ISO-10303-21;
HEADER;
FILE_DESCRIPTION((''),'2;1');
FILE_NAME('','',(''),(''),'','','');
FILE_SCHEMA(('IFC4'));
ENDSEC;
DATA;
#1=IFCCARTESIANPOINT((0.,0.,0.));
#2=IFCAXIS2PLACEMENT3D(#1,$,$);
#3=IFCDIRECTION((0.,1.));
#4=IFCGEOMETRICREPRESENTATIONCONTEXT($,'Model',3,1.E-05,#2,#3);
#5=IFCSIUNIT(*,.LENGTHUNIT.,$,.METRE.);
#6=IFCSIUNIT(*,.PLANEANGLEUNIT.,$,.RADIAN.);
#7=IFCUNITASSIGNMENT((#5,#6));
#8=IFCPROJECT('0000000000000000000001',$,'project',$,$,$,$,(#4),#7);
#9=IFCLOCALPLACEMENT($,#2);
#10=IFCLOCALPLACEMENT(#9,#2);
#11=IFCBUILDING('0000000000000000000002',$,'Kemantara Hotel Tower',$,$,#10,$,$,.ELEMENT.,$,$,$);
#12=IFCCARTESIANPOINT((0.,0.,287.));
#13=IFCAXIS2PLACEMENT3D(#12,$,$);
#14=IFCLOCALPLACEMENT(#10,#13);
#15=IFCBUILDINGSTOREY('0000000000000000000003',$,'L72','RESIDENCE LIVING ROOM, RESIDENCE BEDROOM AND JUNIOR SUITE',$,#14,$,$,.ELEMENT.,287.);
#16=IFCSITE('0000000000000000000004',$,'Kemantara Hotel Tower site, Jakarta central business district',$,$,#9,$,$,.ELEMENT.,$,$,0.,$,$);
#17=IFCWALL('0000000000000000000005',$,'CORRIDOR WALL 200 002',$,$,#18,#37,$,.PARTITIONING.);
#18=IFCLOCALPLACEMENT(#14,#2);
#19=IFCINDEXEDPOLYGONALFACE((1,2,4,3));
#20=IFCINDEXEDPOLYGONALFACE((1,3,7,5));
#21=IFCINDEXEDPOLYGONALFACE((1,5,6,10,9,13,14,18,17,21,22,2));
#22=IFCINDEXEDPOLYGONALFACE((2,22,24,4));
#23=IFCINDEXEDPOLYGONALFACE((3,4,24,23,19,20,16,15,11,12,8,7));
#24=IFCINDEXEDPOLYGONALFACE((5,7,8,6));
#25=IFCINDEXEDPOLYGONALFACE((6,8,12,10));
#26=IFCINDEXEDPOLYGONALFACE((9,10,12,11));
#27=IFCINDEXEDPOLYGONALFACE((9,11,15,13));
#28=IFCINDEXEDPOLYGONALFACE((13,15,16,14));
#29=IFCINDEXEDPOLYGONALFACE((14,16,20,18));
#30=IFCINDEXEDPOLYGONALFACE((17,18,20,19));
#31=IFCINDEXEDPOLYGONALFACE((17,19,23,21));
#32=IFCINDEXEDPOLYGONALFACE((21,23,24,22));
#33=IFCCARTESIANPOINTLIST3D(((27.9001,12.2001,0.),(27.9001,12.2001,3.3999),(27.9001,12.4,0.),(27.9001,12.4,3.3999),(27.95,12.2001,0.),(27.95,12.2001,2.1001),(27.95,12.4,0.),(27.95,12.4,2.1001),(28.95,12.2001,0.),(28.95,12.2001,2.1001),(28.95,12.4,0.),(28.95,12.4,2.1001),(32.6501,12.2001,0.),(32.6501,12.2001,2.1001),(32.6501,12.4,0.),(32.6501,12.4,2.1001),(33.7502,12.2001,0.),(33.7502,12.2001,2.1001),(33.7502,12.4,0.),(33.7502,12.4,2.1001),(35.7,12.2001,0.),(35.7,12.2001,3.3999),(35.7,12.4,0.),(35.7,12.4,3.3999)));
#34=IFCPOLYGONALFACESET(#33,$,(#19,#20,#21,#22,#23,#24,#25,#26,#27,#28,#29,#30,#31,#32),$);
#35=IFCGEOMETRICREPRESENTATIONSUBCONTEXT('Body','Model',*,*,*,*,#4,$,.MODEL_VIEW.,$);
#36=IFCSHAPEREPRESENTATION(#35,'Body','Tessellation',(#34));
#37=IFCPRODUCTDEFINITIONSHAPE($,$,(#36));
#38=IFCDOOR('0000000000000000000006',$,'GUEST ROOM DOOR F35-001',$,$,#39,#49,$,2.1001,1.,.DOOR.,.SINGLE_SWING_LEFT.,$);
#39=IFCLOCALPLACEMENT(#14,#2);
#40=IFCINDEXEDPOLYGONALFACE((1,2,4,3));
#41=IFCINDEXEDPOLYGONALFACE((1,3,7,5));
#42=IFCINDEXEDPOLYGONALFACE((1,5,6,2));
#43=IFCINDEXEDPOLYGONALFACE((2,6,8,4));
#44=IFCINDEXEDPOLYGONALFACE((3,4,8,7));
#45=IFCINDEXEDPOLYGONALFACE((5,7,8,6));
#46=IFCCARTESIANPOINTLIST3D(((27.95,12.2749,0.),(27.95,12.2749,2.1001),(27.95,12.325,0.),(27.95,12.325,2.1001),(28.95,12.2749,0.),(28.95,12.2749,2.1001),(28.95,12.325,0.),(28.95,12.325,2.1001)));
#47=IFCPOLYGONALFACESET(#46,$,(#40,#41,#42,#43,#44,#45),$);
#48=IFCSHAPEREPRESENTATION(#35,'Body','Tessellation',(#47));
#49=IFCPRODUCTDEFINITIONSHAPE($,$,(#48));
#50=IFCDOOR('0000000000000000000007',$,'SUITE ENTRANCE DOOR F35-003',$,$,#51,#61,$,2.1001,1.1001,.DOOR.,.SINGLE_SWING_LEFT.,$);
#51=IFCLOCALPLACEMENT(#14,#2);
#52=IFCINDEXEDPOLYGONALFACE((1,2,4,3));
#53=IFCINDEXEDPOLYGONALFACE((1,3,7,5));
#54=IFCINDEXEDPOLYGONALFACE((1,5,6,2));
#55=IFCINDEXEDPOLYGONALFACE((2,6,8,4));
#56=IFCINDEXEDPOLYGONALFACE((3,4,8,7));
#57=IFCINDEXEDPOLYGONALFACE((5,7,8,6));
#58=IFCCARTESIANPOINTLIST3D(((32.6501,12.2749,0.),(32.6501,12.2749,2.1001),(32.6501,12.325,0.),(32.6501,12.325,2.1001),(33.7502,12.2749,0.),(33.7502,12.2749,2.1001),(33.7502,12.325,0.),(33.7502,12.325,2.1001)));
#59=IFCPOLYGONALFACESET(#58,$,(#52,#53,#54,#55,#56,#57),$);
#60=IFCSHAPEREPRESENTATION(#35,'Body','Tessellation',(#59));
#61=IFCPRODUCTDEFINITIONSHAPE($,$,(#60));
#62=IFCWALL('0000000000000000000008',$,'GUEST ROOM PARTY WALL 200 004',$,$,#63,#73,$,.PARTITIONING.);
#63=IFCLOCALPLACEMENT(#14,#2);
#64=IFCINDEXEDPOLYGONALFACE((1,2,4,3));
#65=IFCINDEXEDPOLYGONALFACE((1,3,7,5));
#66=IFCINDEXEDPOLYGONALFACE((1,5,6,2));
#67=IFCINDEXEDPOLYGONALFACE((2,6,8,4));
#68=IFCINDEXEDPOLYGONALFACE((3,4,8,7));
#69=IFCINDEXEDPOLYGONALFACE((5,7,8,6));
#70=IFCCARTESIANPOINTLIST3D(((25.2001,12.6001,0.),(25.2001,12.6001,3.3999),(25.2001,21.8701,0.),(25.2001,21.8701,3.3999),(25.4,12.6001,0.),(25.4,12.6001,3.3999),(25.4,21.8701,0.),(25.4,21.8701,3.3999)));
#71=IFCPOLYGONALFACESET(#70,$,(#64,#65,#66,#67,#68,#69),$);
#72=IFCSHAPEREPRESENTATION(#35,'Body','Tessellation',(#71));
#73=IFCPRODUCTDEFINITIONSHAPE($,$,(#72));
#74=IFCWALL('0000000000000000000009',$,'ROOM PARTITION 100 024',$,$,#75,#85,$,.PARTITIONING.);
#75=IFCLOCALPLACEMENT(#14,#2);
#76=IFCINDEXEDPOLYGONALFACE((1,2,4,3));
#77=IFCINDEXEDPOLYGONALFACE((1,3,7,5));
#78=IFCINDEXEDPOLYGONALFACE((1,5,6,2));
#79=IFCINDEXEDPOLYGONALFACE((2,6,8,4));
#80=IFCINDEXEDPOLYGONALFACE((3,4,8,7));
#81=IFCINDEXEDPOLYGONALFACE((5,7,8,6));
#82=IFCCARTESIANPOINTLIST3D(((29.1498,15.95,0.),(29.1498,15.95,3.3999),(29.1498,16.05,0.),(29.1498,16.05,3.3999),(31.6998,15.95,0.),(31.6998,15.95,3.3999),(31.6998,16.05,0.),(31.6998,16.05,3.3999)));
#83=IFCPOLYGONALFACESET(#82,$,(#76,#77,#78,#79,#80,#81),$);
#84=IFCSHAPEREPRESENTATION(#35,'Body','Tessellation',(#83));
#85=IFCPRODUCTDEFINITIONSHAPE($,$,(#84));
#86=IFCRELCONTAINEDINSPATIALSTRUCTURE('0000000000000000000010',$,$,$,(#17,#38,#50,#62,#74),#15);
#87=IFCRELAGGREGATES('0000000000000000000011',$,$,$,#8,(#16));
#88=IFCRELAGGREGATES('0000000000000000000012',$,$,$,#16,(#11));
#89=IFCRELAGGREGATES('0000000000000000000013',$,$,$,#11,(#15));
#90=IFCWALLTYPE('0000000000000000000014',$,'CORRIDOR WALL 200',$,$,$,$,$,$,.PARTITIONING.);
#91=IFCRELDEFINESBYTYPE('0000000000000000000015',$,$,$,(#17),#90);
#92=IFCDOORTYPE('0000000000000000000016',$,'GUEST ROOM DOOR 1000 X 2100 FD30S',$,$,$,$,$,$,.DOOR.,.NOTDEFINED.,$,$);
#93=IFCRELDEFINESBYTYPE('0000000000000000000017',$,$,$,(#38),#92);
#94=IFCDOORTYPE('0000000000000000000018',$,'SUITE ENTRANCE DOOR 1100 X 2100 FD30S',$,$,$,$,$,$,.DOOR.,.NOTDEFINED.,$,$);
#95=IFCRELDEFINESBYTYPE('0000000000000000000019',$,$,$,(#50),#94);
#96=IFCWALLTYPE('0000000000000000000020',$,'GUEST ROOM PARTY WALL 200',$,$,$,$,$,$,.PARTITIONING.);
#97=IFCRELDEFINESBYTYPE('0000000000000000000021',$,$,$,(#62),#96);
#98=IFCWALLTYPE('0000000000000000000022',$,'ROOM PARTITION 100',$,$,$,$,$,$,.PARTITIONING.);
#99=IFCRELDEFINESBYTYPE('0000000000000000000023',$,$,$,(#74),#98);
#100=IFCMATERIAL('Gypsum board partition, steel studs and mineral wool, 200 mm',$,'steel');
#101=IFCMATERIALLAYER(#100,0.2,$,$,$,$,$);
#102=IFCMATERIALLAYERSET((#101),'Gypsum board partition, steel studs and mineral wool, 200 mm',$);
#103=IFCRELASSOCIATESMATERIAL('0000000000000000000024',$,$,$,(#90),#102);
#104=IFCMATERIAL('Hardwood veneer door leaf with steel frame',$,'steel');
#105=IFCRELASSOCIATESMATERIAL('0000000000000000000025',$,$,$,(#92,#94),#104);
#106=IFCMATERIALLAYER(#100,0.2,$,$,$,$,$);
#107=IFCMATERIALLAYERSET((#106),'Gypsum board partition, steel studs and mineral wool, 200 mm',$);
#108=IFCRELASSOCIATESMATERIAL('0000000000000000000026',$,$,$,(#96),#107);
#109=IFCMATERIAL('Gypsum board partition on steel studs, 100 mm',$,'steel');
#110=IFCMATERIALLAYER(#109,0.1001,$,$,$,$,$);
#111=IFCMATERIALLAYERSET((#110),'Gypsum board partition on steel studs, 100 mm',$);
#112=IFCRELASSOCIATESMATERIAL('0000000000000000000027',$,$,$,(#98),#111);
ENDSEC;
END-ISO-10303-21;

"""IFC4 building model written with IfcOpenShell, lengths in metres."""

from ifc_helpers import new_model, si_unit, direction, frame, frame_2d, origin, place, context, subcontext, project, spatial, rectangle, extrude, material, layer, layer_set, type_object, element, fill, save


model = new_model("IFC4")

# Units and contexts
model_context = context("Model", 3, precision=1e-05, world=origin(), true_north=direction((0.0, 1.0)))
body_context = subcontext(model_context, "Body", "Model", "MODEL_VIEW")
ifc_project = project(units=[si_unit("LENGTHUNIT", "METRE"), si_unit("PLANEANGLEUNIT", "RADIAN")], contexts=[model_context])

# Site, building, storey
site_placement = place(None, origin())
site = spatial("IfcSite", under=ifc_project, at=site_placement, Name="Kemantara Hotel Tower site, Jakarta central business district", CompositionType="ELEMENT", RefElevation=0.0)
building_placement = place(site_placement, origin())
building = spatial("IfcBuilding", under=site, at=building_placement, Name="Kemantara Hotel Tower", CompositionType="ELEMENT")
storey_placement = place(building_placement, frame((0.0, 0.0, 287.0)))
storey = spatial("IfcBuildingStorey", under=building, at=storey_placement, Name="L72", Description="RESIDENCE LIVING ROOM, RESIDENCE BEDROOM AND JUNIOR SUITE", CompositionType="ELEMENT", Elevation=287.0)

# Shared definitions
ifc_material_1 = material(Name="Gypsum board partition, steel studs and mineral wool, 200 mm", Category="steel")
ifc_layer_1 = layer(ifc_material_1, 0.2)
ifc_layer_set_1 = layer_set([ifc_layer_1], Name="Gypsum board partition, steel studs and mineral wool, 200 mm")
wall_type_1 = type_object("IfcWallType", Name="CORRIDOR WALL 200", PredefinedType="PARTITIONING", material=ifc_layer_set_1)

# Wall, openings, doors
wall_1_placement = place(storey_placement, frame((27.9001, 12.3, 0.0), z_axis=(0.0, 0.0, 1.0), x_axis=(1.0, 0.0, 0.0)))
wall_1 = element("IfcWall", 1, at=wall_1_placement, inside=storey, type_object=wall_type_1, Name="CORRIDOR WALL 200 002", PredefinedType="PARTITIONING", context=body_context, shape_type="SweptSolid", body=[
    extrude(rectangle(XDim=7.7998, YDim=0.2, at=frame_2d((3.8999, 0.0))), origin(), (0.0, 0.0, 1.0), 3.3999),
])
opening_1_placement = place(wall_1_placement, frame((0.0498, 0.0, 0.0)))
opening_1 = element("IfcOpeningElement", 2, at=opening_1_placement, cuts=wall_1, PredefinedType="OPENING", context=body_context, shape_type="SweptSolid", body=[
    extrude(rectangle(XDim=1.0, YDim=2.1001, at=frame_2d((0.5, 1.05))), frame((0.0, 0.1099, 0.0), z_axis=(0.0, -1.0, 0.0), x_axis=(1.0, 0.0, 0.0)), (0.0, 0.0, 1.0), 0.22),
])
opening_2_placement = place(wall_1_placement, frame((4.75, 0.0, 0.0)))
opening_2 = element("IfcOpeningElement", 3, at=opening_2_placement, cuts=wall_1, PredefinedType="OPENING", context=body_context, shape_type="SweptSolid", body=[
    extrude(rectangle(XDim=1.1001, YDim=2.1001, at=frame_2d((0.55, 1.05))), frame((0.0, 0.1099, 0.0), z_axis=(0.0, -1.0, 0.0), x_axis=(1.0, 0.0, 0.0)), (0.0, 0.0, 1.0), 0.22),
])
ifc_material_2 = material(Name="Hardwood veneer door leaf with steel frame", Category="steel")
door_type_1 = type_object("IfcDoorType", Name="GUEST ROOM DOOR 1000 X 2100 FD30S", OperationType="NOTDEFINED", PredefinedType="DOOR", material=ifc_material_2)
door_1_placement = place(opening_1_placement, origin())
door_1 = element("IfcDoor", 4, at=door_1_placement, inside=storey, type_object=door_type_1, Name="GUEST ROOM DOOR F35-001", OperationType="SINGLE_SWING_LEFT", OverallHeight=2.1001, OverallWidth=1.0, PredefinedType="DOOR", context=body_context, shape_type="SweptSolid", body=[
    extrude(rectangle(XDim=1.0, YDim=2.1001, at=frame_2d((0.5, 1.05))), frame((0.0, 0.0249, 0.0), z_axis=(0.0, -1.0, 0.0), x_axis=(1.0, 0.0, 0.0)), (0.0, 0.0, 1.0), 0.05),
])
fill(opening_1, door_1)
door_type_2 = type_object("IfcDoorType", Name="SUITE ENTRANCE DOOR 1100 X 2100 FD30S", OperationType="NOTDEFINED", PredefinedType="DOOR", material=ifc_material_2)
door_2_placement = place(opening_2_placement, origin())
door_2 = element("IfcDoor", 5, at=door_2_placement, inside=storey, type_object=door_type_2, Name="SUITE ENTRANCE DOOR F35-003", OperationType="SINGLE_SWING_LEFT", OverallHeight=2.1001, OverallWidth=1.1001, PredefinedType="DOOR", context=body_context, shape_type="SweptSolid", body=[
    extrude(rectangle(XDim=1.1001, YDim=2.1001, at=frame_2d((0.55, 1.05))), frame((0.0, 0.0249, 0.0), z_axis=(0.0, -1.0, 0.0), x_axis=(1.0, 0.0, 0.0)), (0.0, 0.0, 1.0), 0.05),
])
fill(opening_2, door_2)

# Walls
ifc_layer_2 = layer(ifc_material_1, 0.2)
ifc_layer_set_2 = layer_set([ifc_layer_2], Name="Gypsum board partition, steel studs and mineral wool, 200 mm")
wall_type_2 = type_object("IfcWallType", Name="GUEST ROOM PARTY WALL 200", PredefinedType="PARTITIONING", material=ifc_layer_set_2)
wall_2_placement = place(storey_placement, frame((25.3, 12.6001, 0.0), z_axis=(0.0, 0.0, 1.0), x_axis=(0.0, 1.0, 0.0)))
element("IfcWall", 6, at=wall_2_placement, inside=storey, type_object=wall_type_2, Name="GUEST ROOM PARTY WALL 200 004", PredefinedType="PARTITIONING", context=body_context, shape_type="SweptSolid", body=[
    extrude(rectangle(XDim=9.27, YDim=0.2, at=frame_2d((4.635, 0.0))), origin(), (0.0, 0.0, 1.0), 3.3999),
])
ifc_material_3 = material(Name="Gypsum board partition on steel studs, 100 mm", Category="steel")
ifc_layer_3 = layer(ifc_material_3, 0.1001)
ifc_layer_set_3 = layer_set([ifc_layer_3], Name="Gypsum board partition on steel studs, 100 mm")
wall_type_3 = type_object("IfcWallType", Name="ROOM PARTITION 100", PredefinedType="PARTITIONING", material=ifc_layer_set_3)
wall_3_placement = place(storey_placement, frame((29.1499, 16.0, 0.0), z_axis=(0.0, 0.0, 1.0), x_axis=(1.0, 0.0, 0.0)))
element("IfcWall", 7, at=wall_3_placement, inside=storey, type_object=wall_type_3, Name="ROOM PARTITION 100 024", PredefinedType="PARTITIONING", context=body_context, shape_type="SweptSolid", body=[
    extrude(rectangle(XDim=2.55, YDim=0.1001, at=frame_2d((1.2749, 0.0))), origin(), (0.0, 0.0, 1.0), 3.3999),
])

save(model, "model.ifc")
